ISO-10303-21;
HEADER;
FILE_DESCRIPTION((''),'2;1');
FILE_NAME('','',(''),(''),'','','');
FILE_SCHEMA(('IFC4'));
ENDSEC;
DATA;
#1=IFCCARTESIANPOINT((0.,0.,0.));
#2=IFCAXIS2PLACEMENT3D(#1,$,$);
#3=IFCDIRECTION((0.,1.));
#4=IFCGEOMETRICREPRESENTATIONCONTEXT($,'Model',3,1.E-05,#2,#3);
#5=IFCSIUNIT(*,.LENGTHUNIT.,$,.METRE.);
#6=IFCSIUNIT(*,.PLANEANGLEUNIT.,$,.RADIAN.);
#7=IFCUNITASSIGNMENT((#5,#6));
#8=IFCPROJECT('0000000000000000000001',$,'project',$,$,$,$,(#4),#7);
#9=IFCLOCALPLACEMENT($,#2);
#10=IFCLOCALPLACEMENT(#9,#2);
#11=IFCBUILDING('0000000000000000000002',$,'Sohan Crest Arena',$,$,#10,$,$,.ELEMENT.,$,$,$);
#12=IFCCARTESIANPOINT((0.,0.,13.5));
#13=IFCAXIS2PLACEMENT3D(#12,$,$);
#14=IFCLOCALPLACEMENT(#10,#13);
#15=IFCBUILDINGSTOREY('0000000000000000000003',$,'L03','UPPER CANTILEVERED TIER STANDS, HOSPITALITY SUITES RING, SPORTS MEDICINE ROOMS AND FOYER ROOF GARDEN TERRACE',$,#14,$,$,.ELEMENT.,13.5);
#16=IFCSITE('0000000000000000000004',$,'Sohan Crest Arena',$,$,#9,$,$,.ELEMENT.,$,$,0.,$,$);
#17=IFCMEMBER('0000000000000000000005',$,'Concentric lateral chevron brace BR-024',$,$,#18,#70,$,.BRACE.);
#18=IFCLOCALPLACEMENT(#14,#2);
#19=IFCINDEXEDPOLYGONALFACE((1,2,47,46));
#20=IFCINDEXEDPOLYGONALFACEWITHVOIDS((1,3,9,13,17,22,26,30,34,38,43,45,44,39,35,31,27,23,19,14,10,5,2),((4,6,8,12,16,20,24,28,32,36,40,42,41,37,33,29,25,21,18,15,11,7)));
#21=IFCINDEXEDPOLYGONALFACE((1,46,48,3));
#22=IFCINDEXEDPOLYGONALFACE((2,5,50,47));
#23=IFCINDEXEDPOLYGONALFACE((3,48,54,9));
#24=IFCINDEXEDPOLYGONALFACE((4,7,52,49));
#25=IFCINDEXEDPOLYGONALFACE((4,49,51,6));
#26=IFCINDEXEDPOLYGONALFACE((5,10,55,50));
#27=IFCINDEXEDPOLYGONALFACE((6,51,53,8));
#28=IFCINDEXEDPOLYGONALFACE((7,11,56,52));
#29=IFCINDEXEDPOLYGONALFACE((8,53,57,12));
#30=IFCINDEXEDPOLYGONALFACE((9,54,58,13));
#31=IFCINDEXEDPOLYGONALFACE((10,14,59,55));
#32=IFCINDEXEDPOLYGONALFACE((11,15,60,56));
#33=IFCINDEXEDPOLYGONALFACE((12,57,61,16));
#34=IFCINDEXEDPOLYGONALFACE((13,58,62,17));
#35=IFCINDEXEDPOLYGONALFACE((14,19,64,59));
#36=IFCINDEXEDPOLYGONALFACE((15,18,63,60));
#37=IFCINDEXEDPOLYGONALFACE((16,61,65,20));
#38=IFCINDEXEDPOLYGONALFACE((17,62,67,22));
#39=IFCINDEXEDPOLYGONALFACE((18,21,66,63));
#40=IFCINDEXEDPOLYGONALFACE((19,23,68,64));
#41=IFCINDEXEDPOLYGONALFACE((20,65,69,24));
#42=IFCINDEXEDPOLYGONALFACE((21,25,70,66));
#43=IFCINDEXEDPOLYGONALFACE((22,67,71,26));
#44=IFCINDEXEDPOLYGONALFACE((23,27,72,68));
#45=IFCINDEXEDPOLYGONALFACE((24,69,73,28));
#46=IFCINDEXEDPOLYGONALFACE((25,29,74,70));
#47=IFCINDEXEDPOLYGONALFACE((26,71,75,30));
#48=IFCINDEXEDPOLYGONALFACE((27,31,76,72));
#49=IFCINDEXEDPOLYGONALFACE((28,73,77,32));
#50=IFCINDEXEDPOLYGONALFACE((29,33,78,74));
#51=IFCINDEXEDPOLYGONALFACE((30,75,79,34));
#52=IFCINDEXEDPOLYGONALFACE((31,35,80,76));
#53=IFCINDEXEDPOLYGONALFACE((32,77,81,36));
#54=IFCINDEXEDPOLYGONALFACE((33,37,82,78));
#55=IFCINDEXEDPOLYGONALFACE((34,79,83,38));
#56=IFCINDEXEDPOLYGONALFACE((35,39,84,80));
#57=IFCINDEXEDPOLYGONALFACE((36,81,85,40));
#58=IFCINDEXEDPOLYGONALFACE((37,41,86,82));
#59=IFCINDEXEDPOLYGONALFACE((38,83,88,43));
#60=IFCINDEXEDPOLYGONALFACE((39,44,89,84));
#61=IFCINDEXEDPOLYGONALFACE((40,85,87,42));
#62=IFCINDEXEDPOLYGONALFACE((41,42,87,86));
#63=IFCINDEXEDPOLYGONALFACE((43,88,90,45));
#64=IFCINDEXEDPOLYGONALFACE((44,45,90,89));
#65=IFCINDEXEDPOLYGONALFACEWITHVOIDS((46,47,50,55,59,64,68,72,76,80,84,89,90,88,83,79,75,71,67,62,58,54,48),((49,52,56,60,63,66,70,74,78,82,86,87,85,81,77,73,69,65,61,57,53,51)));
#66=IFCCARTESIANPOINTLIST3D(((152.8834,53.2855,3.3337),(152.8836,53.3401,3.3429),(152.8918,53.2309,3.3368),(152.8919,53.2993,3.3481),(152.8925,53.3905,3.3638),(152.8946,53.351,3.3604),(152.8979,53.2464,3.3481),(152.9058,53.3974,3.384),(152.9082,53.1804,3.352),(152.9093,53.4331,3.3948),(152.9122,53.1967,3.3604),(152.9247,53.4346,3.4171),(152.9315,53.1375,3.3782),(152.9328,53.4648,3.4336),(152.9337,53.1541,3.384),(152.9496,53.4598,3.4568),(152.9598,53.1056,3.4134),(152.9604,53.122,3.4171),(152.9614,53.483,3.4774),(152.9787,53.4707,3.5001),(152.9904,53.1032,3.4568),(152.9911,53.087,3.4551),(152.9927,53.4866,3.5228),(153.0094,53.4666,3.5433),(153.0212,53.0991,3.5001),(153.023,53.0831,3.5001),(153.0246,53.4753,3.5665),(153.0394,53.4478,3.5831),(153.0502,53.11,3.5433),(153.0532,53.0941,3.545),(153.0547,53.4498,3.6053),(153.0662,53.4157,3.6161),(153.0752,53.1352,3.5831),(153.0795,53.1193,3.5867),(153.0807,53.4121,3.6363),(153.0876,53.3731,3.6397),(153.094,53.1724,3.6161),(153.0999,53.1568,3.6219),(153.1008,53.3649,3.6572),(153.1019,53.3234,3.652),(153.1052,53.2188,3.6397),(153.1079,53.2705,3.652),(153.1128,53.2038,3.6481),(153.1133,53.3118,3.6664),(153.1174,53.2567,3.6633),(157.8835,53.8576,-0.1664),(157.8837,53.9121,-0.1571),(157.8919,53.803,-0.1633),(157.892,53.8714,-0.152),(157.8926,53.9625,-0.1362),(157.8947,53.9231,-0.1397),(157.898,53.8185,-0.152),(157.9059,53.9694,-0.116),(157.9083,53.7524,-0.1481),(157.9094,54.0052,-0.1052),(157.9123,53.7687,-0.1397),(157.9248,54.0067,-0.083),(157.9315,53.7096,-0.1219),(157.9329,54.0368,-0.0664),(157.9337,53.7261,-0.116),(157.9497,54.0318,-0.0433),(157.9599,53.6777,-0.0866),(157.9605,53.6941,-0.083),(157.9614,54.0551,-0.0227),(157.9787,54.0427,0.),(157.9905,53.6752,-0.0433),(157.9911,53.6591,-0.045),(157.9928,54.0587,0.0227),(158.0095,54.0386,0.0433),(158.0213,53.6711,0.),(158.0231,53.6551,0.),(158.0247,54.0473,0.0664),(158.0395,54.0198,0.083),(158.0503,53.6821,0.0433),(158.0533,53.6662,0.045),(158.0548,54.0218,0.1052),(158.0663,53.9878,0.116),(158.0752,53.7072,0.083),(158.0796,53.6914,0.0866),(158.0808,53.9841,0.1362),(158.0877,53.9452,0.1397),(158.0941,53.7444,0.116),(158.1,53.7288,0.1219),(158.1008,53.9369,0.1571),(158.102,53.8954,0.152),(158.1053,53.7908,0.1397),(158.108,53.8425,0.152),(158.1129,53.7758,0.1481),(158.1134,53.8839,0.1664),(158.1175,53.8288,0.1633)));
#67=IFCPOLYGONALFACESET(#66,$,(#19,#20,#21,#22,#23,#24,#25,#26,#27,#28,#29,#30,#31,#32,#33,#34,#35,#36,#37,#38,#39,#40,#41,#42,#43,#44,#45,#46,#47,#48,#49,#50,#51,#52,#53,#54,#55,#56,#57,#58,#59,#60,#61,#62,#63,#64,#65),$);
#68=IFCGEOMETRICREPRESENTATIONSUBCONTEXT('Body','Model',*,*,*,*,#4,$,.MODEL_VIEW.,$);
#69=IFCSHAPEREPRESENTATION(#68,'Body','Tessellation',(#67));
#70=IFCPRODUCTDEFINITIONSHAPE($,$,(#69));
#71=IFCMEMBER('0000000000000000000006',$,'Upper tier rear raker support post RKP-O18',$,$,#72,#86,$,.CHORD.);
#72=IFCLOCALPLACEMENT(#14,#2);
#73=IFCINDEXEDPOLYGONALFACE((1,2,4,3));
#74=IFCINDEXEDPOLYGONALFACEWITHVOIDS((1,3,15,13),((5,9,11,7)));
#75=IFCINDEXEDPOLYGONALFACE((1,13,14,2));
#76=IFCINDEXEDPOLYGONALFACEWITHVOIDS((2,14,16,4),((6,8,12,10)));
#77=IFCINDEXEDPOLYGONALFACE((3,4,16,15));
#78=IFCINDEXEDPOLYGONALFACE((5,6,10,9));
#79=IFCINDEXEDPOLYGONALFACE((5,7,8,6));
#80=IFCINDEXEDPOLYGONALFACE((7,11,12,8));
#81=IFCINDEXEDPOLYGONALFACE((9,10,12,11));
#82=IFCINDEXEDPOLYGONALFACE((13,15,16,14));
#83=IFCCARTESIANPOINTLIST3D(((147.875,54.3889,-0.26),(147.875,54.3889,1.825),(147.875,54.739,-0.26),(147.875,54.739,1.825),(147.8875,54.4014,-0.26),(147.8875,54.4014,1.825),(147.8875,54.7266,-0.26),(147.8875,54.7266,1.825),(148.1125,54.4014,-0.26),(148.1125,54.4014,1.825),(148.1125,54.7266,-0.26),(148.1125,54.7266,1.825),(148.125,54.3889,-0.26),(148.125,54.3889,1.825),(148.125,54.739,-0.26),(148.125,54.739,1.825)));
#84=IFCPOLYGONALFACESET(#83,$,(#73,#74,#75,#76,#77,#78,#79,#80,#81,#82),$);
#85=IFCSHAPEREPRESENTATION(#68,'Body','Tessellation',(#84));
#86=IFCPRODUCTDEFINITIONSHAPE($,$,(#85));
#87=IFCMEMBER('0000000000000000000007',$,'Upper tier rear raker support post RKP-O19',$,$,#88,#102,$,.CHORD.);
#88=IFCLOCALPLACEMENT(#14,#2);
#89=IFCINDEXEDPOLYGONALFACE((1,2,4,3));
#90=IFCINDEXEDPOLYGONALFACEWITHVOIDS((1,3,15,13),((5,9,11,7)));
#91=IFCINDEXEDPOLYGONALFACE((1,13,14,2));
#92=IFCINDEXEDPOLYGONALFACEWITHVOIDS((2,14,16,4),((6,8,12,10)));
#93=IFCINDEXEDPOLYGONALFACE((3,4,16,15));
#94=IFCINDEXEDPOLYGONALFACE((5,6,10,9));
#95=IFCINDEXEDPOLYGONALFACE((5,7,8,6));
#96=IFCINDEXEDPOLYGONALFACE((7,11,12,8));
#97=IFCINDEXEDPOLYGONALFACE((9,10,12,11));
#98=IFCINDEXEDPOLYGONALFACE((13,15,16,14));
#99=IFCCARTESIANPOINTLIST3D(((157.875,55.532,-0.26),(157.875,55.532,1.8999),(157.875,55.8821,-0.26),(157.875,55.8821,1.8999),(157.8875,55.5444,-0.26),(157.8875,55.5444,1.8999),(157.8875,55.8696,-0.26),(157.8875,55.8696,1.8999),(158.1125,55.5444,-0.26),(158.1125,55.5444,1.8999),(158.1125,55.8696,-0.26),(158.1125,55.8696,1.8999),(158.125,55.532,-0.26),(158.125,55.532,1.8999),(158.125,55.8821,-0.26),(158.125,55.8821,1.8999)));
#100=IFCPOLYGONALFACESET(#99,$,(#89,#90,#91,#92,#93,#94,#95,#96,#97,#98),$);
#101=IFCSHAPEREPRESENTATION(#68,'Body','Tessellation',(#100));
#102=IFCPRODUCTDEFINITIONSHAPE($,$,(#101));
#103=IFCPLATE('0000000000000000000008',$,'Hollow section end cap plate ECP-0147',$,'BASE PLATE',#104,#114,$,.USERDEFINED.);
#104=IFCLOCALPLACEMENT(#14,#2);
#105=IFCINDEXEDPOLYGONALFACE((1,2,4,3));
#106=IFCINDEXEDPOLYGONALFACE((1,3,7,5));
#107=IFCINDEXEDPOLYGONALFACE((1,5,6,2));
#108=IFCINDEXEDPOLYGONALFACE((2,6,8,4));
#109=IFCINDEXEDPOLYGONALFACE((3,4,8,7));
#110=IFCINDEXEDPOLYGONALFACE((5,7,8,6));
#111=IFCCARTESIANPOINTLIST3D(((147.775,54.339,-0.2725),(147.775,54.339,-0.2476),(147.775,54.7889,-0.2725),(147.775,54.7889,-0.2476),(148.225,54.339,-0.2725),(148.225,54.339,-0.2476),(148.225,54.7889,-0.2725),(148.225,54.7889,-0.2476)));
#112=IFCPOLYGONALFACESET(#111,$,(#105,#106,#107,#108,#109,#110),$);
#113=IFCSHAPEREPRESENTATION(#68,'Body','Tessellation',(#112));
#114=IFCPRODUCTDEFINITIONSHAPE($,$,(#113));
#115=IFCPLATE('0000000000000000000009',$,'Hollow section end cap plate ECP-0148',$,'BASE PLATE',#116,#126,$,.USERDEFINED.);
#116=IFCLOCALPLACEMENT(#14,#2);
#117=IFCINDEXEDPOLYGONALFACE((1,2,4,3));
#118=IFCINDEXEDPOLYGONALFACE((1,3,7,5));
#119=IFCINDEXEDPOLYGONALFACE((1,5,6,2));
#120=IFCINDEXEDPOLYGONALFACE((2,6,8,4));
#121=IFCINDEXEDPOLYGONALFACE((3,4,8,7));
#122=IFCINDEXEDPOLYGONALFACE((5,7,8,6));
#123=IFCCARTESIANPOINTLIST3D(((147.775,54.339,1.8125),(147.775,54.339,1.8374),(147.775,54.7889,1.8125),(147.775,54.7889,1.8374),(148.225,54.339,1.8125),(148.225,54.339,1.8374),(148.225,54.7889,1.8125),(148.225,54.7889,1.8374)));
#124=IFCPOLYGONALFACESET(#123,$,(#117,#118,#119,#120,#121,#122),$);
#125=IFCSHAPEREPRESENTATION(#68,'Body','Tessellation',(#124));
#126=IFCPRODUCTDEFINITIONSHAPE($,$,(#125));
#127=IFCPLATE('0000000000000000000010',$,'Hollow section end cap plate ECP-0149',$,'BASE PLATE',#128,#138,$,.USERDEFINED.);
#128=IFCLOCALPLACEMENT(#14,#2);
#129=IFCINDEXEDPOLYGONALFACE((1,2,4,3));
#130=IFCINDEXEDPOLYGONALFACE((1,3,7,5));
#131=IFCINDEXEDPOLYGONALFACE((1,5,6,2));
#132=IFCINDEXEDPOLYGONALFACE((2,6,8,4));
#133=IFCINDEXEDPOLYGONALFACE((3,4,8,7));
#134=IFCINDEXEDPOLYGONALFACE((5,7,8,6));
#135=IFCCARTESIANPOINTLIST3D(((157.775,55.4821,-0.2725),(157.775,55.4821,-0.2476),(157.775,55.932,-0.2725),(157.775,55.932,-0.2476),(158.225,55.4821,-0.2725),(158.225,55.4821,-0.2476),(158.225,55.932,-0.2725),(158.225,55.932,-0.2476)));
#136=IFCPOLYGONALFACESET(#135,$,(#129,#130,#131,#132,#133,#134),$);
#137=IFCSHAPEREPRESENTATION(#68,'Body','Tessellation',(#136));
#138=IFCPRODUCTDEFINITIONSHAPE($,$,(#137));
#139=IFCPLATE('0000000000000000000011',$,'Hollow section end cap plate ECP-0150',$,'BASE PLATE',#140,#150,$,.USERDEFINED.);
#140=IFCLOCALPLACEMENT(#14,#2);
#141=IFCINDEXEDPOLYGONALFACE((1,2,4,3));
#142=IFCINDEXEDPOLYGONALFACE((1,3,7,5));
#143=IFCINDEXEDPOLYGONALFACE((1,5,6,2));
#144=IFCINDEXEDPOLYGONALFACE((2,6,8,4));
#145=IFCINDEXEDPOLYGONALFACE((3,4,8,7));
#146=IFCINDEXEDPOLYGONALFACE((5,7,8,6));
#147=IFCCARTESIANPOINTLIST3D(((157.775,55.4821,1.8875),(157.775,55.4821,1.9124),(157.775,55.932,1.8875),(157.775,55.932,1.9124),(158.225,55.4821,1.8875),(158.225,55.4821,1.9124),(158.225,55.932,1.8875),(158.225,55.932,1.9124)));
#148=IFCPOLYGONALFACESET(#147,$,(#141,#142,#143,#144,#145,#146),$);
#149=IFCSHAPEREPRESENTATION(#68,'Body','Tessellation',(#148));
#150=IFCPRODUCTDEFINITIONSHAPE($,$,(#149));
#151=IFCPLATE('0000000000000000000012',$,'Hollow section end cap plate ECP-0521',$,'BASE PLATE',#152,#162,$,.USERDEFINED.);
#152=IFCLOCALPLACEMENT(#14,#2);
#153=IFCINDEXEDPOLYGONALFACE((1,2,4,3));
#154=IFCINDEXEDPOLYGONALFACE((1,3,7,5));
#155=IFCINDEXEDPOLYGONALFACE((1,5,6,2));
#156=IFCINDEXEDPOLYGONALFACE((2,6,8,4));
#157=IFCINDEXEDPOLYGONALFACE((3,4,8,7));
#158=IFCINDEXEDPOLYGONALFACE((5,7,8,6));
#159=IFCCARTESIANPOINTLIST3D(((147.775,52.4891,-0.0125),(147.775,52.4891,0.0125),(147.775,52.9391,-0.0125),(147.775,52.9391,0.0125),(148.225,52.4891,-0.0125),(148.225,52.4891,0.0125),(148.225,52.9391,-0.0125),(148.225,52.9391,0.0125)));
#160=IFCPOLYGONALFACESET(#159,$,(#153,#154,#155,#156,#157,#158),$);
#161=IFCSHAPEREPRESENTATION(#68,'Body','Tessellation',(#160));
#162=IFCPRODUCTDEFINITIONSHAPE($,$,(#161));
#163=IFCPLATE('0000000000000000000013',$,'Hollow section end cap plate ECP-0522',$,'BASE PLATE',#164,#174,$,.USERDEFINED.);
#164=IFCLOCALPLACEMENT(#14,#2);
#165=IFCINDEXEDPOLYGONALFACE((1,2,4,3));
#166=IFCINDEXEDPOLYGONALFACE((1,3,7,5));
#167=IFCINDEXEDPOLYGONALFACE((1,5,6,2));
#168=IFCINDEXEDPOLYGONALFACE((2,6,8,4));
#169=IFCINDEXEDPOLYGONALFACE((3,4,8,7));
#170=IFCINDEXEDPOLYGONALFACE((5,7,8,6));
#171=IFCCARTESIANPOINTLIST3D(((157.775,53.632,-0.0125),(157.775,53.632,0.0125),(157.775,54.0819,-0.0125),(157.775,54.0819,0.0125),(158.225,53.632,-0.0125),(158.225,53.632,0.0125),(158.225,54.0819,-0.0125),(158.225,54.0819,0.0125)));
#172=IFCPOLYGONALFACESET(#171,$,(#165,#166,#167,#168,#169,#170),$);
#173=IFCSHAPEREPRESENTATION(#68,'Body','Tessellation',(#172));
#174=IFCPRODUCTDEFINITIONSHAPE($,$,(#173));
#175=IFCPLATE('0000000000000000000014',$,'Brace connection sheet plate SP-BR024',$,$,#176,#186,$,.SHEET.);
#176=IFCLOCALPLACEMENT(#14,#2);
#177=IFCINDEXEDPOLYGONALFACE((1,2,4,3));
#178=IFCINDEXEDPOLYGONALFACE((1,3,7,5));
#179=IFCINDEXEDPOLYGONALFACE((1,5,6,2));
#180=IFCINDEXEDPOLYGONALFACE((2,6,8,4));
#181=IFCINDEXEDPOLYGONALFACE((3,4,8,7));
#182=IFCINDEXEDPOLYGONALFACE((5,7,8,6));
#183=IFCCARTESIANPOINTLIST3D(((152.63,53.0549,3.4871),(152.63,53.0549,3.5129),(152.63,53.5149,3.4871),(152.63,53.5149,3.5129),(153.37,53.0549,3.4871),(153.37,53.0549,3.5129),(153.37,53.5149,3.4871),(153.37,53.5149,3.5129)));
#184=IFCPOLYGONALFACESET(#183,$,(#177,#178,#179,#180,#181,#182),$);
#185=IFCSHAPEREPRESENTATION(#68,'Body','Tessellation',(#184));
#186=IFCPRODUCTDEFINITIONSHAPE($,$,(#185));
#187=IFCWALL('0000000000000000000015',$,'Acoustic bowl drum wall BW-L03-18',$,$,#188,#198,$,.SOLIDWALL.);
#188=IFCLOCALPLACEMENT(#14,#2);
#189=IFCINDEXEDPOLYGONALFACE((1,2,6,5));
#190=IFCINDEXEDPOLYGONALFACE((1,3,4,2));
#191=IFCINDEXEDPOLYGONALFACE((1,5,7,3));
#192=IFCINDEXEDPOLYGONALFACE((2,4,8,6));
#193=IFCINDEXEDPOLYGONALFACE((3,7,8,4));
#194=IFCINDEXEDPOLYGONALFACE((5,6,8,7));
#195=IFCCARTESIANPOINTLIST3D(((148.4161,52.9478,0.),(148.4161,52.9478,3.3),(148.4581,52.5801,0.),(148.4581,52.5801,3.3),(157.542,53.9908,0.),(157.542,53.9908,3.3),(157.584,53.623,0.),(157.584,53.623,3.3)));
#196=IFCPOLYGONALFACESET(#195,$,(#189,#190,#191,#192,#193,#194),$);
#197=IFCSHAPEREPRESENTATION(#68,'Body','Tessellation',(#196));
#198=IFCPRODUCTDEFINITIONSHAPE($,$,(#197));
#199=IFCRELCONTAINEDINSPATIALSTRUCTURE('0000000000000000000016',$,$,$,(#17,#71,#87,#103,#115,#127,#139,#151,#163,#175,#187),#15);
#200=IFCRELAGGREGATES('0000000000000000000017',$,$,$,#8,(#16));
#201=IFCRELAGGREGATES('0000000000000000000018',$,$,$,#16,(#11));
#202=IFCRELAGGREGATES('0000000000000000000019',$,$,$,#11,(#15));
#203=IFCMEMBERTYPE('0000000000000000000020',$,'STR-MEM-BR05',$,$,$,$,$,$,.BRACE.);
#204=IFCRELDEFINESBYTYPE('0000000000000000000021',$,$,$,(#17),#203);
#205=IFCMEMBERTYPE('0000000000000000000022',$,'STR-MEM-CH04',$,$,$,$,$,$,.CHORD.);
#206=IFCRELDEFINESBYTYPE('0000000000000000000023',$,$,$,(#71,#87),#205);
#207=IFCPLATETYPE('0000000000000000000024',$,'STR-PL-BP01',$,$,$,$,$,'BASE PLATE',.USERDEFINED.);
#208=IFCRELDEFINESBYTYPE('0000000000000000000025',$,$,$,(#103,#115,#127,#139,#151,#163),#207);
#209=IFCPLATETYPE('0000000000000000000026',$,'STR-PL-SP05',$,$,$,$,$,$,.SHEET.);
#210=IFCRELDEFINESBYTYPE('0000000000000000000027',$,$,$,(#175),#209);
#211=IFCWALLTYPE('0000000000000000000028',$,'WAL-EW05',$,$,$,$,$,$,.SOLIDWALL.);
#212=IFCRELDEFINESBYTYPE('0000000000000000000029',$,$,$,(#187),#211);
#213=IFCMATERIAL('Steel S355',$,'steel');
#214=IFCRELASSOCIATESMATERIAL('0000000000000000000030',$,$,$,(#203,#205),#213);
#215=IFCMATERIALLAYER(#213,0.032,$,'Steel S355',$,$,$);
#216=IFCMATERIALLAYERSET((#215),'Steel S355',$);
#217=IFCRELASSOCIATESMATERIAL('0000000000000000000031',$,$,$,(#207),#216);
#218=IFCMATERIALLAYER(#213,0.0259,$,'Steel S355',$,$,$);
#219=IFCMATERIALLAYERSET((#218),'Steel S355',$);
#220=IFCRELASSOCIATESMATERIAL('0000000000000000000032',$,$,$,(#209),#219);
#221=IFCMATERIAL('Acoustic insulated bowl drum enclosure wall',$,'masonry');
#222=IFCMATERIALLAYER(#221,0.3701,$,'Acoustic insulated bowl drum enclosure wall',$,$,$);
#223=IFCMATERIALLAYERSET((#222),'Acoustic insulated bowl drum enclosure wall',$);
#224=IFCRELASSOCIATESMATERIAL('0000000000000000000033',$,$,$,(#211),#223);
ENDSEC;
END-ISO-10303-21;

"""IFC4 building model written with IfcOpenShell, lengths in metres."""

from ifc_helpers import new_model, si_unit, direction, frame, frame_2d, origin, origin_2d, place, context, subcontext, project, spatial, rectangle, hollow_rectangle, hollow_circle, extrude, material, layer, layer_set, material_profile, profile_set, type_object, element, save


model = new_model("IFC4")

# Units and contexts
model_context = context("Model", 3, precision=1e-05, world=origin(), true_north=direction((0.0, 1.0)))
body_context = subcontext(model_context, "Body", "Model", "MODEL_VIEW")
ifc_project = project(units=[si_unit("LENGTHUNIT", "METRE"), si_unit("PLANEANGLEUNIT", "RADIAN")], contexts=[model_context])

# Site, building, storey
site_placement = place(None, origin())
site = spatial("IfcSite", under=ifc_project, at=site_placement, Name="Sohan Crest Arena", CompositionType="ELEMENT", RefElevation=0.0)
building_placement = place(site_placement, origin())
building = spatial("IfcBuilding", under=site, at=building_placement, Name="Sohan Crest Arena", CompositionType="ELEMENT")
storey_placement = place(building_placement, frame((0.0, 0.0, 13.5)))
storey = spatial("IfcBuildingStorey", under=building, at=storey_placement, Name="L03", Description="UPPER CANTILEVERED TIER STANDS, HOSPITALITY SUITES RING, SPORTS MEDICINE ROOMS AND FOYER ROOF GARDEN TERRACE", CompositionType="ELEMENT", Elevation=13.5)

# Shared definitions
ifc_material_1 = material(Name="Steel S355", Category="steel")

# Members
ifc_material_profile_1 = material_profile(ifc_material_1, hollow_circle(Radius=0.2031, WallThickness=0.0161, at=origin_2d()), Name="CHS 406.4x16")
ifc_profile_set_1 = profile_set([ifc_material_profile_1], Name="Steel S355")
member_type_1 = type_object("IfcMemberType", Name="STR-MEM-BR05", PredefinedType="BRACE", material=ifc_profile_set_1)
member_1_placement = place(storey_placement, frame((158.0, 53.8569, 0.0), z_axis=(-0.815657, -0.093315, 0.57096), x_axis=(0.113663, -0.993519, 0.0)))
element("IfcMember", 1, at=member_1_placement, inside=storey, type_object=member_type_1, Name="Concentric lateral chevron brace BR-024", PredefinedType="BRACE", context=body_context, shape_type="SweptSolid", body=[
    extrude(hollow_circle(Radius=0.2031, WallThickness=0.0161, at=origin_2d()), origin(), (0.0, 0.0, 1.0), 6.1301),
])
ifc_material_profile_2 = material_profile(ifc_material_1, hollow_rectangle(XDim=0.25, YDim=0.3501, WallThickness=0.0125, at=origin_2d()), Name="RHS 350x250x12.5")
ifc_profile_set_2 = profile_set([ifc_material_profile_2], Name="Steel S355")
member_type_2 = type_object("IfcMemberType", Name="STR-MEM-CH04", PredefinedType="CHORD", material=ifc_profile_set_2)
member_2_placement = place(storey_placement, frame((148.0, 54.564, -0.26), z_axis=(0.0, 0.0, 1.0), x_axis=(1.0, 0.0, 0.0)))
element("IfcMember", 2, at=member_2_placement, inside=storey, type_object=member_type_2, Name="Upper tier rear raker support post RKP-O18", PredefinedType="CHORD", context=body_context, shape_type="SweptSolid", body=[
    extrude(hollow_rectangle(XDim=0.25, YDim=0.3501, WallThickness=0.0125, at=origin_2d()), origin(), (0.0, 0.0, 1.0), 2.085),
])
member_3_placement = place(storey_placement, frame((158.0, 55.707, -0.26), z_axis=(0.0, 0.0, 1.0), x_axis=(1.0, 0.0, 0.0)))
element("IfcMember", 3, at=member_3_placement, inside=storey, type_object=member_type_2, Name="Upper tier rear raker support post RKP-O19", PredefinedType="CHORD", context=body_context, shape_type="SweptSolid", body=[
    extrude(hollow_rectangle(XDim=0.25, YDim=0.3501, WallThickness=0.0125, at=origin_2d()), origin(), (0.0, 0.0, 1.0), 2.1599),
])

# Plates
ifc_layer_1 = layer(ifc_material_1, 0.032, Name="Steel S355")
ifc_layer_set_1 = layer_set([ifc_layer_1], Name="Steel S355")
plate_type_1 = type_object("IfcPlateType", Name="STR-PL-BP01", ElementType="BASE PLATE", PredefinedType="USERDEFINED", material=ifc_layer_set_1)
for number, where, z_axis, x_axis, name in (
    (4, (148.0, 54.564, -0.2725), (0.0, 0.0, 1.0), (1.0, 0.0, 0.0), "Hollow section end cap plate ECP-0147"),
    (5, (148.0, 54.564, 1.8125), (0.0, 0.0, 1.0), (1.0, 0.0, 0.0), "Hollow section end cap plate ECP-0148"),
    (6, (158.0, 55.707, -0.2725), (0.0, 0.0, 1.0), (1.0, 0.0, 0.0), "Hollow section end cap plate ECP-0149"),
    (7, (158.0, 55.707, 1.8875), (0.0, 0.0, 1.0), (1.0, 0.0, 0.0), "Hollow section end cap plate ECP-0150"),
    (8, (148.0, 52.7141, -0.0125), (0.0, 0.0, 1.0), (1.0, 0.0, 0.0), "Hollow section end cap plate ECP-0521"),
    (9, (158.0, 53.8569, -0.0125), (0.0, 0.0, 1.0), (1.0, 0.0, 0.0), "Hollow section end cap plate ECP-0522"),
):
    element("IfcPlate", number, at=place(storey_placement, frame(where, z_axis=z_axis, x_axis=x_axis)), inside=storey, type_object=plate_type_1, Name=name, ObjectType="BASE PLATE", PredefinedType="USERDEFINED", context=body_context, shape_type="SweptSolid", body=[
        extrude(rectangle(XDim=0.45, YDim=0.45, at=origin_2d()), origin(), (0.0, 0.0, 1.0), 0.0249),
    ])
ifc_layer_2 = layer(ifc_material_1, 0.0259, Name="Steel S355")
ifc_layer_set_2 = layer_set([ifc_layer_2], Name="Steel S355")
plate_type_2 = type_object("IfcPlateType", Name="STR-PL-SP05", PredefinedType="SHEET", material=ifc_layer_set_2)
plate_placement = place(storey_placement, frame((153.0, 53.2849, 3.4871), z_axis=(0.0, 0.0, 1.0), x_axis=(1.0, 0.0, 0.0)))
element("IfcPlate", 10, at=plate_placement, inside=storey, type_object=plate_type_2, Name="Brace connection sheet plate SP-BR024", PredefinedType="SHEET", context=body_context, shape_type="SweptSolid", body=[
    extrude(rectangle(XDim=0.74, YDim=0.46, at=origin_2d()), origin(), (0.0, 0.0, 1.0), 0.0259),
])

# Wall
ifc_material_2 = material(Name="Acoustic insulated bowl drum enclosure wall", Category="masonry")
ifc_layer_3 = layer(ifc_material_2, 0.3701, Name="Acoustic insulated bowl drum enclosure wall")
ifc_layer_set_3 = layer_set([ifc_layer_3], Name="Acoustic insulated bowl drum enclosure wall")
wall_type = type_object("IfcWallType", Name="WAL-EW05", PredefinedType="SOLIDWALL", material=ifc_layer_set_3)
wall_placement = place(storey_placement, frame((148.437, 52.7639, 0.0), z_axis=(0.0, 0.0, 1.0), x_axis=(0.993533, 0.113547, 0.0)))
element("IfcWall", 11, at=wall_placement, inside=storey, type_object=wall_type, Name="Acoustic bowl drum wall BW-L03-18", PredefinedType="SOLIDWALL", context=body_context, shape_type="SweptSolid", body=[
    extrude(rectangle(XDim=9.1853, YDim=0.3701, at=frame_2d((4.5928, 0.0))), origin(), (0.0, 0.0, 1.0), 3.3),
])

save(model, "model.ifc")
